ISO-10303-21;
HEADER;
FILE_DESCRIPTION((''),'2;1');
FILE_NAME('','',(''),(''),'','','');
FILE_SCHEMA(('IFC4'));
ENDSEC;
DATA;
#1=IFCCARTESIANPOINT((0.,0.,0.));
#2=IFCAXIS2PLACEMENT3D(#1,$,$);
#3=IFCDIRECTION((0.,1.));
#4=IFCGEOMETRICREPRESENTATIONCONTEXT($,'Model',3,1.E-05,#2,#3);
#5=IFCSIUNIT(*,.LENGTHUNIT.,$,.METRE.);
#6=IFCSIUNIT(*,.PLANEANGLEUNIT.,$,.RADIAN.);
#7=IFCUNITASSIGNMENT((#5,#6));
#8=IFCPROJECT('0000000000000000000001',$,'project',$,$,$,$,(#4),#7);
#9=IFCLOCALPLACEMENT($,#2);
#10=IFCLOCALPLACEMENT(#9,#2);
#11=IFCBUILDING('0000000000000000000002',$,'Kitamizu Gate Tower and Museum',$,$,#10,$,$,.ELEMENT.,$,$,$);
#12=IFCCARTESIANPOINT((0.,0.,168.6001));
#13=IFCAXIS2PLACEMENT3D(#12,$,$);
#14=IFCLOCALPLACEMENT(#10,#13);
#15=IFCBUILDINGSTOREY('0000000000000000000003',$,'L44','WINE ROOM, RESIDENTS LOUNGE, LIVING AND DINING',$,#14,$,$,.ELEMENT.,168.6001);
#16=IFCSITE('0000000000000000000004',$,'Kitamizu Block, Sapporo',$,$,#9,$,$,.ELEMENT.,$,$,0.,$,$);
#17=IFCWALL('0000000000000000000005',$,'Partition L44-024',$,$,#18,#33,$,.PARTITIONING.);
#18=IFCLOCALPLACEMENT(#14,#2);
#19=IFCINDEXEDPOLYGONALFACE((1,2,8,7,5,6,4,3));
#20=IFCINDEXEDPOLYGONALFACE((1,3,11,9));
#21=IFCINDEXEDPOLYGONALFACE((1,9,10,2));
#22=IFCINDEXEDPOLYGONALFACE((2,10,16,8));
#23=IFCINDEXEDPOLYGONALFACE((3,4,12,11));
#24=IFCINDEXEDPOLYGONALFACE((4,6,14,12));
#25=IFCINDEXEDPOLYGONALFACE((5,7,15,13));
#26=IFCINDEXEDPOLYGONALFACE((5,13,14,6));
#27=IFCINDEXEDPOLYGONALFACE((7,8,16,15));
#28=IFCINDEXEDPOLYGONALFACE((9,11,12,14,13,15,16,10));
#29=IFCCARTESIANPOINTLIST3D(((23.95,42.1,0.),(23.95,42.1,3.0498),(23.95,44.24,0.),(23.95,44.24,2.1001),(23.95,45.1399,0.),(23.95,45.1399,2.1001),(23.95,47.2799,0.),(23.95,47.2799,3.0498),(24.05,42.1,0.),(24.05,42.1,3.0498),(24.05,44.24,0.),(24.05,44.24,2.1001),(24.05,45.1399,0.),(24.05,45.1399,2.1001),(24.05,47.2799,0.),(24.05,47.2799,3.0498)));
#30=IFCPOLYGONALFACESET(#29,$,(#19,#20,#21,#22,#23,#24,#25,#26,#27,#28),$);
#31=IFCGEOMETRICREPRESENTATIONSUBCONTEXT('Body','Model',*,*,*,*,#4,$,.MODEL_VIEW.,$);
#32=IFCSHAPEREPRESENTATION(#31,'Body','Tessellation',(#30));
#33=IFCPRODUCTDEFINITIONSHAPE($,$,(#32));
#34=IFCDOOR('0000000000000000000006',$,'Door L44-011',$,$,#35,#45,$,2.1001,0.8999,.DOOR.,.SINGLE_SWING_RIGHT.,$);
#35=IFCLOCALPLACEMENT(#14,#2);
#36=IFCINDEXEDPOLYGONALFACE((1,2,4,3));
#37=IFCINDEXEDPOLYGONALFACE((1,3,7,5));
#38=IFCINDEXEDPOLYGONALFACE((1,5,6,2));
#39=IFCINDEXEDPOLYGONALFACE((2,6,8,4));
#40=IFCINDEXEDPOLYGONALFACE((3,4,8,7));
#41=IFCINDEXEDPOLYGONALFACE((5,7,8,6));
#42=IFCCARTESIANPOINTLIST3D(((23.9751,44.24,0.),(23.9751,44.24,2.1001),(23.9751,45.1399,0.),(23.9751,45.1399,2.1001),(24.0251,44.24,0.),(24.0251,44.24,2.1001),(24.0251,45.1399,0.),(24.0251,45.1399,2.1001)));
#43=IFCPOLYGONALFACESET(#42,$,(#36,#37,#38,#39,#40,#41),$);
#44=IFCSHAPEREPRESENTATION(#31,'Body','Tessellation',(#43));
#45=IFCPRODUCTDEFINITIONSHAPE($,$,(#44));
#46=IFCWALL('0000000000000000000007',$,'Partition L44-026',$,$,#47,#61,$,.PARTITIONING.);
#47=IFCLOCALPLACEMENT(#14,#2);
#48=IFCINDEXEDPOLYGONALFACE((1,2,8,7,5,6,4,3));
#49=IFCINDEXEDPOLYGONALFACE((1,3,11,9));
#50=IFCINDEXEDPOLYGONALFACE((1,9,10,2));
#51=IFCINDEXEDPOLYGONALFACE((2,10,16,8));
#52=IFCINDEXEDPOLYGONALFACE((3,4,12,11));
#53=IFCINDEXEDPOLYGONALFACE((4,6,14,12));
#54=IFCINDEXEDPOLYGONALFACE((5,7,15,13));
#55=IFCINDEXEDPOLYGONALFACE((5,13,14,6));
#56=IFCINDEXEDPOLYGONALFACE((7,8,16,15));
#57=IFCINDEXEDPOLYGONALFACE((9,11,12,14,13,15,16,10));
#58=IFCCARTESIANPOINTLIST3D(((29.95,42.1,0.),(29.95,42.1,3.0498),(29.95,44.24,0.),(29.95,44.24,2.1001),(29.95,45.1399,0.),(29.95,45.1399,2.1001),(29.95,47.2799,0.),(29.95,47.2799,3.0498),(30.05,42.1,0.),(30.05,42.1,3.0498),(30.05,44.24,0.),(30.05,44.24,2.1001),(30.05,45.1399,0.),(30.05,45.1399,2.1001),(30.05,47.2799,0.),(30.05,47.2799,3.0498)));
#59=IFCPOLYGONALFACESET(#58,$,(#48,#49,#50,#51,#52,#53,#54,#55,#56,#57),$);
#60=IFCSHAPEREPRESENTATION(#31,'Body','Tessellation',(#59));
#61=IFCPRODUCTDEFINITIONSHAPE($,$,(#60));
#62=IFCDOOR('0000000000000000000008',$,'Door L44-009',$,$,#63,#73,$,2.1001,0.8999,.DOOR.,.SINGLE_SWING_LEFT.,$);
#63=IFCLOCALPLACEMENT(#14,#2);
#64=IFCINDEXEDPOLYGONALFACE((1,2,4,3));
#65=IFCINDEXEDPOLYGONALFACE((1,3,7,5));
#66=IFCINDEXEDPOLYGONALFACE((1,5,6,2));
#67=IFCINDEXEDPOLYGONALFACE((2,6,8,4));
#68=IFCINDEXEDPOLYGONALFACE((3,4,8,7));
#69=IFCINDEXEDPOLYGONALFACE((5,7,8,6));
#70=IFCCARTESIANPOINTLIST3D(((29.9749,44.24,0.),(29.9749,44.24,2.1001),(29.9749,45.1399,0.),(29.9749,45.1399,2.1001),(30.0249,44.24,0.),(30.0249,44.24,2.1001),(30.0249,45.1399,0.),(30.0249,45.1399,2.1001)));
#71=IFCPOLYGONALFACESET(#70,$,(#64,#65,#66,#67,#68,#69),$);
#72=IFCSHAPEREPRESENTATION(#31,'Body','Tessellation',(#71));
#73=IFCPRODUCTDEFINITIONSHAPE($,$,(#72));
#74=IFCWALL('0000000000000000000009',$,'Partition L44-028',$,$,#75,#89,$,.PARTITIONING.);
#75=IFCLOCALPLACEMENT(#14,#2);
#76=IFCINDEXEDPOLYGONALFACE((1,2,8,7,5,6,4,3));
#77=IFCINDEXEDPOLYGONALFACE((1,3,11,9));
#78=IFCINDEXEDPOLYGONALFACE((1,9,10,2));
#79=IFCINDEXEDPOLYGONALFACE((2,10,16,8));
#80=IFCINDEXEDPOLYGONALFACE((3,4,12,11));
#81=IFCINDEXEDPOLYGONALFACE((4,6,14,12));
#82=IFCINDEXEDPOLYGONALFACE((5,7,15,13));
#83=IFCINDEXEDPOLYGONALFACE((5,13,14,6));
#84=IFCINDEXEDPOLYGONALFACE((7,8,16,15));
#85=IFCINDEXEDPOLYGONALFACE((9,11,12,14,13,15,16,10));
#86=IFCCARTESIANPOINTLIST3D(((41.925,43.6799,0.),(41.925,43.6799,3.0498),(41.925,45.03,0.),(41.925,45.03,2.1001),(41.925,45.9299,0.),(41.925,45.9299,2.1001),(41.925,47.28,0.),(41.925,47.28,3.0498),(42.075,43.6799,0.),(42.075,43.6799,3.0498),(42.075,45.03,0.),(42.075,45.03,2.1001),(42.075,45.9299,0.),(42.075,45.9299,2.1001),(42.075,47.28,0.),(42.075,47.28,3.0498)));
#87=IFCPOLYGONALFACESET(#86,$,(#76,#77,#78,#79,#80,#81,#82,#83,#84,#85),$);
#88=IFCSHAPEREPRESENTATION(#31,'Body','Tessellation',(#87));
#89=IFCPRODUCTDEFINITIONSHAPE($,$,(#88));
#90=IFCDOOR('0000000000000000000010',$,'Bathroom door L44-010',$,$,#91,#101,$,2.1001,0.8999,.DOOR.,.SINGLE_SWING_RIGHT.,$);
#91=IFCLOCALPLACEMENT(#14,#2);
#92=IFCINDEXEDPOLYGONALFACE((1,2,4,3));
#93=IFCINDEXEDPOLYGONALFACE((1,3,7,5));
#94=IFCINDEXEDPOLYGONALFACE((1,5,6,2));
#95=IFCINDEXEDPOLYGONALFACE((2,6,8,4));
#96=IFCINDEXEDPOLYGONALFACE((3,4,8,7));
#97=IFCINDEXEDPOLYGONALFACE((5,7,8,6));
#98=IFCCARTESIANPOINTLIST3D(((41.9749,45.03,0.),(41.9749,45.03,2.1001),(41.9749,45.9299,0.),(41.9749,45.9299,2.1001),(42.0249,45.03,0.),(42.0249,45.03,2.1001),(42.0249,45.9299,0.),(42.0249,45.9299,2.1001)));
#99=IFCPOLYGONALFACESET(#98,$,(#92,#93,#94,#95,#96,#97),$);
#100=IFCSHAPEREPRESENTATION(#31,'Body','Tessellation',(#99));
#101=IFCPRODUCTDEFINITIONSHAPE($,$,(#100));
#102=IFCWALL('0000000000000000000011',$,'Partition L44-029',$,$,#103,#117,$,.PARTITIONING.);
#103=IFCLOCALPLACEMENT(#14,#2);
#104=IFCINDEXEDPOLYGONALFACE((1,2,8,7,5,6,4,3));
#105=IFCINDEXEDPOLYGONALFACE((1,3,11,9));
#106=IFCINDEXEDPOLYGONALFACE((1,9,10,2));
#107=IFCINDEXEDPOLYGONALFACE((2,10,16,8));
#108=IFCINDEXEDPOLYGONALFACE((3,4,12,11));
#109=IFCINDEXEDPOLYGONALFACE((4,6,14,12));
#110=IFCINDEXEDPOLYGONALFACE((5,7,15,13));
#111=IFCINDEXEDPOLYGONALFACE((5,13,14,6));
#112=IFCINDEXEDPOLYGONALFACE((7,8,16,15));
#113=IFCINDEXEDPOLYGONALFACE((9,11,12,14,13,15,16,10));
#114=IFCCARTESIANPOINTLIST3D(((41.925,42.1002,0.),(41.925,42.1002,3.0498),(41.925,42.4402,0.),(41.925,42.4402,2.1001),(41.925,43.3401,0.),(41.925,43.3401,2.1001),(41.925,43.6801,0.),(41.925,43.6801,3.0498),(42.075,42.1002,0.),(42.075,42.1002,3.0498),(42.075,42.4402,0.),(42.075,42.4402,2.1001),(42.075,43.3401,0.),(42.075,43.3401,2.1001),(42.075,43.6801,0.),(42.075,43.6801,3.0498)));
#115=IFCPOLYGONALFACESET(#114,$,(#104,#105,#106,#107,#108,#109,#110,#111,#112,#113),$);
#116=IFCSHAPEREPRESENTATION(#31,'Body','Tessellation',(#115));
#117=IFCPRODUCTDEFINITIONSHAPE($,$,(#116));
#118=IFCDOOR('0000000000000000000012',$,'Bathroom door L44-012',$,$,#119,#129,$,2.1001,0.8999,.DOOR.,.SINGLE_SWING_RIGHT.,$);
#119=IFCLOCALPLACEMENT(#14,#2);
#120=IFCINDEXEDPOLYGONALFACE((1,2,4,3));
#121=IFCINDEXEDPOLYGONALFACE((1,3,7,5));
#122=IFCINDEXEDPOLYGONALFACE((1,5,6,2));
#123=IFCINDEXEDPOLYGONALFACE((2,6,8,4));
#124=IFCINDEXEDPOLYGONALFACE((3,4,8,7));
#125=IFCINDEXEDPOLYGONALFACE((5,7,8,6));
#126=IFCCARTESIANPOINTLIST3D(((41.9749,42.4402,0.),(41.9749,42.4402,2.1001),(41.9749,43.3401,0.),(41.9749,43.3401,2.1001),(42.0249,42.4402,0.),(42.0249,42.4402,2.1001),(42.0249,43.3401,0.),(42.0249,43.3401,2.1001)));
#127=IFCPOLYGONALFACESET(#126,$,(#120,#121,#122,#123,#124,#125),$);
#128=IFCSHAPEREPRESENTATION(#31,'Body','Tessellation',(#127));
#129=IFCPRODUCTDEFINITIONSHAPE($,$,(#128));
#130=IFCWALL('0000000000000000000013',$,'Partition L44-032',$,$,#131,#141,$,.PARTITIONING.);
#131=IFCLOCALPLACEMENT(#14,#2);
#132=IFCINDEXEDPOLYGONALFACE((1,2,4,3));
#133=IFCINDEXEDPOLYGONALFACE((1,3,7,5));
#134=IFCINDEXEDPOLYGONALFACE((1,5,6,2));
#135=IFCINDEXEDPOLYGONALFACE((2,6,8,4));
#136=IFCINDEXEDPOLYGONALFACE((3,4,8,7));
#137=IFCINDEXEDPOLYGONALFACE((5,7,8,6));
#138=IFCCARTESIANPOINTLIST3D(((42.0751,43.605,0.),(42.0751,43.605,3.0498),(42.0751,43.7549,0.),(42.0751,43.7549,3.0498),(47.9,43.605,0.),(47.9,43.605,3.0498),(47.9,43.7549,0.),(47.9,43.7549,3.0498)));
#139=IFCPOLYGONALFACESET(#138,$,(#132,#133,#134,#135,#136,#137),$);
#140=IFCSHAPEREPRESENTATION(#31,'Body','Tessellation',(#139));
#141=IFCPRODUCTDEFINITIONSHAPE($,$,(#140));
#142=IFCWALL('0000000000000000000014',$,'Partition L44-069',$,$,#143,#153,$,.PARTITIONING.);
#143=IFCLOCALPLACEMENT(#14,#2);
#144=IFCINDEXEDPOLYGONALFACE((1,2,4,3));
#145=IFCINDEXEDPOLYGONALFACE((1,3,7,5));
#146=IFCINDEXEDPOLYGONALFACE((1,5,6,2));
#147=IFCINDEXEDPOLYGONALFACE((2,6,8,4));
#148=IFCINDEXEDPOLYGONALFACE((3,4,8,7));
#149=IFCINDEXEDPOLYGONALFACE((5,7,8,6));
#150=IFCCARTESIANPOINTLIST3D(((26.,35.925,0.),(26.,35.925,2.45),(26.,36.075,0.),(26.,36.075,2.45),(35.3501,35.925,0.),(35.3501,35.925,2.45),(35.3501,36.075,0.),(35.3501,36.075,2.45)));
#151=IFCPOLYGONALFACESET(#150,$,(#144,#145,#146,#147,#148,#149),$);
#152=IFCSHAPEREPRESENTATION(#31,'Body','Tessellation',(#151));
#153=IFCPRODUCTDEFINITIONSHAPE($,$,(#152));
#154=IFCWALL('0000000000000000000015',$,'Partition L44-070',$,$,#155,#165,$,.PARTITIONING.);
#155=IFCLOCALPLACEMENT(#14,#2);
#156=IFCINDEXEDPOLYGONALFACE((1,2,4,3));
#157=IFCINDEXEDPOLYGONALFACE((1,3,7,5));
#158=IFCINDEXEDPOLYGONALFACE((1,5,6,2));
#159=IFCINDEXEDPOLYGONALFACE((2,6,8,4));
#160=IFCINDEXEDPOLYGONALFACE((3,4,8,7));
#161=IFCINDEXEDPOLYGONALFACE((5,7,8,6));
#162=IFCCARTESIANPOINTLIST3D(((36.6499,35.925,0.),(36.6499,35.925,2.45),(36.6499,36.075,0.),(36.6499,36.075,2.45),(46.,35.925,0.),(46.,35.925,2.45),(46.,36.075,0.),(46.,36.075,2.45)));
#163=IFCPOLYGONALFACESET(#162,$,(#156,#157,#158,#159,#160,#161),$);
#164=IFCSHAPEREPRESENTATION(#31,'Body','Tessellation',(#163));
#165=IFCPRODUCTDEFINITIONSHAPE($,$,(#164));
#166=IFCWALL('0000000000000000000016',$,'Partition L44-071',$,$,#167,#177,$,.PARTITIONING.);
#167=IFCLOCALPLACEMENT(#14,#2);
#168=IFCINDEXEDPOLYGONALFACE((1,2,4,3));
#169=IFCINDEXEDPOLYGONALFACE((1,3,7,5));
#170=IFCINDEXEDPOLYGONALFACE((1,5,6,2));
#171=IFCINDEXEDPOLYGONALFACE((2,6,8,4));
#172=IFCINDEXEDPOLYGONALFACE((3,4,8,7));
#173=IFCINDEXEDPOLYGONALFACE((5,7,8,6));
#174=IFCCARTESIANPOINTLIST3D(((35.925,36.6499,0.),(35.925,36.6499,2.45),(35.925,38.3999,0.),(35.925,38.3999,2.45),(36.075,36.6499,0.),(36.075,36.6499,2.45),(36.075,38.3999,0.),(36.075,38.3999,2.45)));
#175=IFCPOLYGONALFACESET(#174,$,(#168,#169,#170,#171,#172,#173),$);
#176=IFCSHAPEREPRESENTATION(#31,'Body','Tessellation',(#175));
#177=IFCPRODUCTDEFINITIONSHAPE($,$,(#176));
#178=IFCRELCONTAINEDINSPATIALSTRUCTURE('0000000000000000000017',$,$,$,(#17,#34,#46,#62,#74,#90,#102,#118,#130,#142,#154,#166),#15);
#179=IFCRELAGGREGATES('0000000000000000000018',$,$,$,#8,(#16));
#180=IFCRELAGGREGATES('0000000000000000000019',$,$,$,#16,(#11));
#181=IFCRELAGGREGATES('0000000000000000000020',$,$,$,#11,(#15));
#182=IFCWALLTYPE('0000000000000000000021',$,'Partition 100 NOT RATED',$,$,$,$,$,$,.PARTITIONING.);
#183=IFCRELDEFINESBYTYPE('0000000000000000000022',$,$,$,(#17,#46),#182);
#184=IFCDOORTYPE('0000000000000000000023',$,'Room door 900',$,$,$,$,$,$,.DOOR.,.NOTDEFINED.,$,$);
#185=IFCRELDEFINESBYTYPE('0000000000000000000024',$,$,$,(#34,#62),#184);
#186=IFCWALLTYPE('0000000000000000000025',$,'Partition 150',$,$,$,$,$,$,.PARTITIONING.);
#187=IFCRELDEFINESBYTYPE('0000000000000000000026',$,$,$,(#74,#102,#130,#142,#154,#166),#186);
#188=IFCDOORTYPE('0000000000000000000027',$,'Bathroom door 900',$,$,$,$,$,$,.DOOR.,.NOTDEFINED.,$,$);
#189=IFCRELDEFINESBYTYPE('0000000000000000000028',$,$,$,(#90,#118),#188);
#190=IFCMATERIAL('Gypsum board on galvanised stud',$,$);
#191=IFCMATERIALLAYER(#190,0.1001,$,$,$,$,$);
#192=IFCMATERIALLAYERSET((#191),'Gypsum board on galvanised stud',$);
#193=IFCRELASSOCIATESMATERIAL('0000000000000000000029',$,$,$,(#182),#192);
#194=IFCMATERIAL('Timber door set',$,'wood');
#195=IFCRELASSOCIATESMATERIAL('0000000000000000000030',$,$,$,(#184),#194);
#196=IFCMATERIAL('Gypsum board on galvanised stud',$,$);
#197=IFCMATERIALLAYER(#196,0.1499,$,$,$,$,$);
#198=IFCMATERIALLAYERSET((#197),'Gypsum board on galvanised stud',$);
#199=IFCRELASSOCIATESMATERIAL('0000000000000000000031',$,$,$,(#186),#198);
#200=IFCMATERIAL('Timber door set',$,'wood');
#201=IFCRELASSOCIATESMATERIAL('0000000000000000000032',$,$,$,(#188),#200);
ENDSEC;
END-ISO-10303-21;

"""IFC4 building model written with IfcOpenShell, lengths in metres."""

from ifc_helpers import new_model, si_unit, direction, frame, frame_2d, origin, place, context, subcontext, project, spatial, rectangle, extrude, material, layer, layer_set, type_object, element, fill, save


model = new_model("IFC4")

# Units and contexts
model_context = context("Model", 3, precision=1e-05, world=origin(), true_north=direction((0.0, 1.0)))
body_context = subcontext(model_context, "Body", "Model", "MODEL_VIEW")
ifc_project = project(units=[si_unit("LENGTHUNIT", "METRE"), si_unit("PLANEANGLEUNIT", "RADIAN")], contexts=[model_context])

# Site, building, storey
site_placement = place(None, origin())
site = spatial("IfcSite", under=ifc_project, at=site_placement, Name="Kitamizu Block, Sapporo", CompositionType="ELEMENT", RefElevation=0.0)
building_placement = place(site_placement, origin())
building = spatial("IfcBuilding", under=site, at=building_placement, Name="Kitamizu Gate Tower and Museum", CompositionType="ELEMENT")
storey_placement = place(building_placement, frame((0.0, 0.0, 168.6001)))
storey = spatial("IfcBuildingStorey", under=building, at=storey_placement, Name="L44", Description="WINE ROOM, RESIDENTS LOUNGE, LIVING AND DINING", CompositionType="ELEMENT", Elevation=168.6001)

# Walls, openings, doors
ifc_material_1 = material(Name="Gypsum board on galvanised stud")
ifc_layer_1 = layer(ifc_material_1, 0.1001)
ifc_layer_set_1 = layer_set([ifc_layer_1], Name="Gypsum board on galvanised stud")
wall_type_1 = type_object("IfcWallType", Name="Partition 100 NOT RATED", PredefinedType="PARTITIONING", material=ifc_layer_set_1)
wall_1_placement = place(storey_placement, frame((24.0, 42.1001, 0.0), z_axis=(0.0, 0.0, 1.0), x_axis=(0.0, 1.0, 0.0)))
wall_1 = element("IfcWall", 1, at=wall_1_placement, inside=storey, type_object=wall_type_1, Name="Partition L44-024", PredefinedType="PARTITIONING", context=body_context, shape_type="SweptSolid", body=[
    extrude(rectangle(XDim=5.1799, YDim=0.1001, at=frame_2d((2.5898, 0.0))), origin(), (0.0, 0.0, 1.0), 3.0498),
])
opening_1_placement = place(wall_1_placement, frame((2.1399, 0.0, 0.0)))
opening_1 = element("IfcOpeningElement", 2, at=opening_1_placement, cuts=wall_1, PredefinedType="OPENING", context=body_context, shape_type="SweptSolid", body=[
    extrude(rectangle(XDim=0.8999, YDim=2.1001, at=frame_2d((0.45, 1.05))), frame((0.0, 0.0601, 0.0), z_axis=(0.0, -1.0, 0.0), x_axis=(1.0, 0.0, 0.0)), (0.0, 0.0, 1.0), 0.1201),
])
ifc_material_2 = material(Name="Timber door set", Category="wood")
door_type_1 = type_object("IfcDoorType", Name="Room door 900", OperationType="NOTDEFINED", PredefinedType="DOOR", material=ifc_material_2)
door_1_placement = place(opening_1_placement, origin())
door_1 = element("IfcDoor", 3, at=door_1_placement, inside=storey, type_object=door_type_1, Name="Door L44-011", OperationType="SINGLE_SWING_RIGHT", OverallHeight=2.1001, OverallWidth=0.8999, PredefinedType="DOOR", context=body_context, shape_type="SweptSolid", body=[
    extrude(rectangle(XDim=0.8999, YDim=2.1001, at=frame_2d((0.45, 1.05))), frame((0.0, 0.0249, 0.0), z_axis=(0.0, -1.0, 0.0), x_axis=(1.0, 0.0, 0.0)), (0.0, 0.0, 1.0), 0.05),
])
fill(opening_1, door_1)
wall_2_placement = place(storey_placement, frame((30.0, 42.1001, 0.0), z_axis=(0.0, 0.0, 1.0), x_axis=(0.0, 1.0, 0.0)))
wall_2 = element("IfcWall", 4, at=wall_2_placement, inside=storey, type_object=wall_type_1, Name="Partition L44-026", PredefinedType="PARTITIONING", context=body_context, shape_type="SweptSolid", body=[
    extrude(rectangle(XDim=5.1799, YDim=0.1001, at=frame_2d((2.5898, 0.0))), origin(), (0.0, 0.0, 1.0), 3.0498),
])
opening_2_placement = place(wall_2_placement, frame((2.1399, 0.0, 0.0)))
opening_2 = element("IfcOpeningElement", 5, at=opening_2_placement, cuts=wall_2, PredefinedType="OPENING", context=body_context, shape_type="SweptSolid", body=[
    extrude(rectangle(XDim=0.8999, YDim=2.1001, at=frame_2d((0.45, 1.05))), frame((0.0, 0.0601, 0.0), z_axis=(0.0, -1.0, 0.0), x_axis=(1.0, 0.0, 0.0)), (0.0, 0.0, 1.0), 0.1201),
])
door_2_placement = place(opening_2_placement, frame((0.8999, 0.0, 0.0), x_axis=(-1.0, 0.0, 0.0)))
door_2 = element("IfcDoor", 6, at=door_2_placement, inside=storey, type_object=door_type_1, Name="Door L44-009", OperationType="SINGLE_SWING_LEFT", OverallHeight=2.1001, OverallWidth=0.8999, PredefinedType="DOOR", context=body_context, shape_type="SweptSolid", body=[
    extrude(rectangle(XDim=0.8999, YDim=2.1001, at=frame_2d((0.45, 1.05))), frame((0.0, 0.0249, 0.0), z_axis=(0.0, -1.0, 0.0), x_axis=(1.0, 0.0, 0.0)), (0.0, 0.0, 1.0), 0.05),
])
fill(opening_2, door_2)
ifc_material_3 = material(Name="Gypsum board on galvanised stud")
ifc_layer_2 = layer(ifc_material_3, 0.1499)
ifc_layer_set_2 = layer_set([ifc_layer_2], Name="Gypsum board on galvanised stud")
wall_type_2 = type_object("IfcWallType", Name="Partition 150", PredefinedType="PARTITIONING", material=ifc_layer_set_2)
wall_3_placement = place(storey_placement, frame((42.0, 43.6799, 0.0), z_axis=(0.0, 0.0, 1.0), x_axis=(0.0, 1.0, 0.0)))
wall_3 = element("IfcWall", 7, at=wall_3_placement, inside=storey, type_object=wall_type_2, Name="Partition L44-028", PredefinedType="PARTITIONING", context=body_context, shape_type="SweptSolid", body=[
    extrude(rectangle(XDim=3.6001, YDim=0.1499, at=frame_2d((1.8, 0.0))), origin(), (0.0, 0.0, 1.0), 3.0498),
])
opening_3_placement = place(wall_3_placement, frame((1.3501, 0.0, 0.0)))
opening_3 = element("IfcOpeningElement", 8, at=opening_3_placement, cuts=wall_3, PredefinedType="OPENING", context=body_context, shape_type="SweptSolid", body=[
    extrude(rectangle(XDim=0.8999, YDim=2.1001, at=frame_2d((0.45, 1.05))), frame((0.0, 0.085, 0.0), z_axis=(0.0, -1.0, 0.0), x_axis=(1.0, 0.0, 0.0)), (0.0, 0.0, 1.0), 0.1699),
])
ifc_material_4 = material(Name="Timber door set", Category="wood")
door_type_2 = type_object("IfcDoorType", Name="Bathroom door 900", OperationType="NOTDEFINED", PredefinedType="DOOR", material=ifc_material_4)
door_3_placement = place(opening_3_placement, frame((0.8999, 0.0, 0.0), x_axis=(-1.0, 0.0, 0.0)))
door_3 = element("IfcDoor", 9, at=door_3_placement, inside=storey, type_object=door_type_2, Name="Bathroom door L44-010", OperationType="SINGLE_SWING_RIGHT", OverallHeight=2.1001, OverallWidth=0.8999, PredefinedType="DOOR", context=body_context, shape_type="SweptSolid", body=[
    extrude(rectangle(XDim=0.8999, YDim=2.1001, at=frame_2d((0.45, 1.05))), frame((0.0, 0.0249, 0.0), z_axis=(0.0, -1.0, 0.0), x_axis=(1.0, 0.0, 0.0)), (0.0, 0.0, 1.0), 0.05),
])
fill(opening_3, door_3)
wall_4_placement = place(storey_placement, frame((42.0, 42.1001, 0.0), z_axis=(0.0, 0.0, 1.0), x_axis=(0.0, 1.0, 0.0)))
wall_4 = element("IfcWall", 10, at=wall_4_placement, inside=storey, type_object=wall_type_2, Name="Partition L44-029", PredefinedType="PARTITIONING", context=body_context, shape_type="SweptSolid", body=[
    extrude(rectangle(XDim=1.5798, YDim=0.1499, at=frame_2d((0.79, 0.0))), origin(), (0.0, 0.0, 1.0), 3.0498),
])
opening_4_placement = place(wall_4_placement, frame((0.3401, 0.0, 0.0)))
opening_4 = element("IfcOpeningElement", 11, at=opening_4_placement, cuts=wall_4, PredefinedType="OPENING", context=body_context, shape_type="SweptSolid", body=[
    extrude(rectangle(XDim=0.8999, YDim=2.1001, at=frame_2d((0.45, 1.05))), frame((0.0, 0.085, 0.0), z_axis=(0.0, -1.0, 0.0), x_axis=(1.0, 0.0, 0.0)), (0.0, 0.0, 1.0), 0.1699),
])
door_4_placement = place(opening_4_placement, frame((0.8999, 0.0, 0.0), x_axis=(-1.0, 0.0, 0.0)))
door_4 = element("IfcDoor", 12, at=door_4_placement, inside=storey, type_object=door_type_2, Name="Bathroom door L44-012", OperationType="SINGLE_SWING_RIGHT", OverallHeight=2.1001, OverallWidth=0.8999, PredefinedType="DOOR", context=body_context, shape_type="SweptSolid", body=[
    extrude(rectangle(XDim=0.8999, YDim=2.1001, at=frame_2d((0.45, 1.05))), frame((0.0, 0.0249, 0.0), z_axis=(0.0, -1.0, 0.0), x_axis=(1.0, 0.0, 0.0)), (0.0, 0.0, 1.0), 0.05),
])
fill(opening_4, door_4)

# Walls
wall_5_placement = place(storey_placement, frame((42.075, 43.6799, 0.0), z_axis=(0.0, 0.0, 1.0), x_axis=(1.0, 0.0, 0.0)))
element("IfcWall", 13, at=wall_5_placement, inside=storey, type_object=wall_type_2, Name="Partition L44-032", PredefinedType="PARTITIONING", context=body_context, shape_type="SweptSolid", body=[
    extrude(rectangle(XDim=5.825, YDim=0.1499, at=frame_2d((2.9126, 0.0))), origin(), (0.0, 0.0, 1.0), 3.0498),
])
for number, where, z_axis, x_axis, name in (
    (14, (35.3501, 36.0, 0.0), (0.0, 0.0, 1.0), (-1.0, 0.0, 0.0), "Partition L44-069"),
    (15, (46.0, 36.0, 0.0), (0.0, 0.0, 1.0), (-1.0, 0.0, 0.0), "Partition L44-070"),
):
    element("IfcWall", number, at=place(storey_placement, frame(where, z_axis=z_axis, x_axis=x_axis)), inside=storey, type_object=wall_type_2, Name=name, PredefinedType="PARTITIONING", context=body_context, shape_type="SweptSolid", body=[
        extrude(rectangle(XDim=9.3501, YDim=0.1499, at=frame_2d((4.675, 0.0))), origin(), (0.0, 0.0, 1.0), 2.45),
    ])
wall_6_placement = place(storey_placement, frame((36.0, 36.6499, 0.0), z_axis=(0.0, 0.0, 1.0), x_axis=(0.0, 1.0, 0.0)))
element("IfcWall", 16, at=wall_6_placement, inside=storey, type_object=wall_type_2, Name="Partition L44-071", PredefinedType="PARTITIONING", context=body_context, shape_type="SweptSolid", body=[
    extrude(rectangle(XDim=1.75, YDim=0.1499, at=frame_2d((0.875, 0.0))), origin(), (0.0, 0.0, 1.0), 2.45),
])

save(model, "model.ifc")
